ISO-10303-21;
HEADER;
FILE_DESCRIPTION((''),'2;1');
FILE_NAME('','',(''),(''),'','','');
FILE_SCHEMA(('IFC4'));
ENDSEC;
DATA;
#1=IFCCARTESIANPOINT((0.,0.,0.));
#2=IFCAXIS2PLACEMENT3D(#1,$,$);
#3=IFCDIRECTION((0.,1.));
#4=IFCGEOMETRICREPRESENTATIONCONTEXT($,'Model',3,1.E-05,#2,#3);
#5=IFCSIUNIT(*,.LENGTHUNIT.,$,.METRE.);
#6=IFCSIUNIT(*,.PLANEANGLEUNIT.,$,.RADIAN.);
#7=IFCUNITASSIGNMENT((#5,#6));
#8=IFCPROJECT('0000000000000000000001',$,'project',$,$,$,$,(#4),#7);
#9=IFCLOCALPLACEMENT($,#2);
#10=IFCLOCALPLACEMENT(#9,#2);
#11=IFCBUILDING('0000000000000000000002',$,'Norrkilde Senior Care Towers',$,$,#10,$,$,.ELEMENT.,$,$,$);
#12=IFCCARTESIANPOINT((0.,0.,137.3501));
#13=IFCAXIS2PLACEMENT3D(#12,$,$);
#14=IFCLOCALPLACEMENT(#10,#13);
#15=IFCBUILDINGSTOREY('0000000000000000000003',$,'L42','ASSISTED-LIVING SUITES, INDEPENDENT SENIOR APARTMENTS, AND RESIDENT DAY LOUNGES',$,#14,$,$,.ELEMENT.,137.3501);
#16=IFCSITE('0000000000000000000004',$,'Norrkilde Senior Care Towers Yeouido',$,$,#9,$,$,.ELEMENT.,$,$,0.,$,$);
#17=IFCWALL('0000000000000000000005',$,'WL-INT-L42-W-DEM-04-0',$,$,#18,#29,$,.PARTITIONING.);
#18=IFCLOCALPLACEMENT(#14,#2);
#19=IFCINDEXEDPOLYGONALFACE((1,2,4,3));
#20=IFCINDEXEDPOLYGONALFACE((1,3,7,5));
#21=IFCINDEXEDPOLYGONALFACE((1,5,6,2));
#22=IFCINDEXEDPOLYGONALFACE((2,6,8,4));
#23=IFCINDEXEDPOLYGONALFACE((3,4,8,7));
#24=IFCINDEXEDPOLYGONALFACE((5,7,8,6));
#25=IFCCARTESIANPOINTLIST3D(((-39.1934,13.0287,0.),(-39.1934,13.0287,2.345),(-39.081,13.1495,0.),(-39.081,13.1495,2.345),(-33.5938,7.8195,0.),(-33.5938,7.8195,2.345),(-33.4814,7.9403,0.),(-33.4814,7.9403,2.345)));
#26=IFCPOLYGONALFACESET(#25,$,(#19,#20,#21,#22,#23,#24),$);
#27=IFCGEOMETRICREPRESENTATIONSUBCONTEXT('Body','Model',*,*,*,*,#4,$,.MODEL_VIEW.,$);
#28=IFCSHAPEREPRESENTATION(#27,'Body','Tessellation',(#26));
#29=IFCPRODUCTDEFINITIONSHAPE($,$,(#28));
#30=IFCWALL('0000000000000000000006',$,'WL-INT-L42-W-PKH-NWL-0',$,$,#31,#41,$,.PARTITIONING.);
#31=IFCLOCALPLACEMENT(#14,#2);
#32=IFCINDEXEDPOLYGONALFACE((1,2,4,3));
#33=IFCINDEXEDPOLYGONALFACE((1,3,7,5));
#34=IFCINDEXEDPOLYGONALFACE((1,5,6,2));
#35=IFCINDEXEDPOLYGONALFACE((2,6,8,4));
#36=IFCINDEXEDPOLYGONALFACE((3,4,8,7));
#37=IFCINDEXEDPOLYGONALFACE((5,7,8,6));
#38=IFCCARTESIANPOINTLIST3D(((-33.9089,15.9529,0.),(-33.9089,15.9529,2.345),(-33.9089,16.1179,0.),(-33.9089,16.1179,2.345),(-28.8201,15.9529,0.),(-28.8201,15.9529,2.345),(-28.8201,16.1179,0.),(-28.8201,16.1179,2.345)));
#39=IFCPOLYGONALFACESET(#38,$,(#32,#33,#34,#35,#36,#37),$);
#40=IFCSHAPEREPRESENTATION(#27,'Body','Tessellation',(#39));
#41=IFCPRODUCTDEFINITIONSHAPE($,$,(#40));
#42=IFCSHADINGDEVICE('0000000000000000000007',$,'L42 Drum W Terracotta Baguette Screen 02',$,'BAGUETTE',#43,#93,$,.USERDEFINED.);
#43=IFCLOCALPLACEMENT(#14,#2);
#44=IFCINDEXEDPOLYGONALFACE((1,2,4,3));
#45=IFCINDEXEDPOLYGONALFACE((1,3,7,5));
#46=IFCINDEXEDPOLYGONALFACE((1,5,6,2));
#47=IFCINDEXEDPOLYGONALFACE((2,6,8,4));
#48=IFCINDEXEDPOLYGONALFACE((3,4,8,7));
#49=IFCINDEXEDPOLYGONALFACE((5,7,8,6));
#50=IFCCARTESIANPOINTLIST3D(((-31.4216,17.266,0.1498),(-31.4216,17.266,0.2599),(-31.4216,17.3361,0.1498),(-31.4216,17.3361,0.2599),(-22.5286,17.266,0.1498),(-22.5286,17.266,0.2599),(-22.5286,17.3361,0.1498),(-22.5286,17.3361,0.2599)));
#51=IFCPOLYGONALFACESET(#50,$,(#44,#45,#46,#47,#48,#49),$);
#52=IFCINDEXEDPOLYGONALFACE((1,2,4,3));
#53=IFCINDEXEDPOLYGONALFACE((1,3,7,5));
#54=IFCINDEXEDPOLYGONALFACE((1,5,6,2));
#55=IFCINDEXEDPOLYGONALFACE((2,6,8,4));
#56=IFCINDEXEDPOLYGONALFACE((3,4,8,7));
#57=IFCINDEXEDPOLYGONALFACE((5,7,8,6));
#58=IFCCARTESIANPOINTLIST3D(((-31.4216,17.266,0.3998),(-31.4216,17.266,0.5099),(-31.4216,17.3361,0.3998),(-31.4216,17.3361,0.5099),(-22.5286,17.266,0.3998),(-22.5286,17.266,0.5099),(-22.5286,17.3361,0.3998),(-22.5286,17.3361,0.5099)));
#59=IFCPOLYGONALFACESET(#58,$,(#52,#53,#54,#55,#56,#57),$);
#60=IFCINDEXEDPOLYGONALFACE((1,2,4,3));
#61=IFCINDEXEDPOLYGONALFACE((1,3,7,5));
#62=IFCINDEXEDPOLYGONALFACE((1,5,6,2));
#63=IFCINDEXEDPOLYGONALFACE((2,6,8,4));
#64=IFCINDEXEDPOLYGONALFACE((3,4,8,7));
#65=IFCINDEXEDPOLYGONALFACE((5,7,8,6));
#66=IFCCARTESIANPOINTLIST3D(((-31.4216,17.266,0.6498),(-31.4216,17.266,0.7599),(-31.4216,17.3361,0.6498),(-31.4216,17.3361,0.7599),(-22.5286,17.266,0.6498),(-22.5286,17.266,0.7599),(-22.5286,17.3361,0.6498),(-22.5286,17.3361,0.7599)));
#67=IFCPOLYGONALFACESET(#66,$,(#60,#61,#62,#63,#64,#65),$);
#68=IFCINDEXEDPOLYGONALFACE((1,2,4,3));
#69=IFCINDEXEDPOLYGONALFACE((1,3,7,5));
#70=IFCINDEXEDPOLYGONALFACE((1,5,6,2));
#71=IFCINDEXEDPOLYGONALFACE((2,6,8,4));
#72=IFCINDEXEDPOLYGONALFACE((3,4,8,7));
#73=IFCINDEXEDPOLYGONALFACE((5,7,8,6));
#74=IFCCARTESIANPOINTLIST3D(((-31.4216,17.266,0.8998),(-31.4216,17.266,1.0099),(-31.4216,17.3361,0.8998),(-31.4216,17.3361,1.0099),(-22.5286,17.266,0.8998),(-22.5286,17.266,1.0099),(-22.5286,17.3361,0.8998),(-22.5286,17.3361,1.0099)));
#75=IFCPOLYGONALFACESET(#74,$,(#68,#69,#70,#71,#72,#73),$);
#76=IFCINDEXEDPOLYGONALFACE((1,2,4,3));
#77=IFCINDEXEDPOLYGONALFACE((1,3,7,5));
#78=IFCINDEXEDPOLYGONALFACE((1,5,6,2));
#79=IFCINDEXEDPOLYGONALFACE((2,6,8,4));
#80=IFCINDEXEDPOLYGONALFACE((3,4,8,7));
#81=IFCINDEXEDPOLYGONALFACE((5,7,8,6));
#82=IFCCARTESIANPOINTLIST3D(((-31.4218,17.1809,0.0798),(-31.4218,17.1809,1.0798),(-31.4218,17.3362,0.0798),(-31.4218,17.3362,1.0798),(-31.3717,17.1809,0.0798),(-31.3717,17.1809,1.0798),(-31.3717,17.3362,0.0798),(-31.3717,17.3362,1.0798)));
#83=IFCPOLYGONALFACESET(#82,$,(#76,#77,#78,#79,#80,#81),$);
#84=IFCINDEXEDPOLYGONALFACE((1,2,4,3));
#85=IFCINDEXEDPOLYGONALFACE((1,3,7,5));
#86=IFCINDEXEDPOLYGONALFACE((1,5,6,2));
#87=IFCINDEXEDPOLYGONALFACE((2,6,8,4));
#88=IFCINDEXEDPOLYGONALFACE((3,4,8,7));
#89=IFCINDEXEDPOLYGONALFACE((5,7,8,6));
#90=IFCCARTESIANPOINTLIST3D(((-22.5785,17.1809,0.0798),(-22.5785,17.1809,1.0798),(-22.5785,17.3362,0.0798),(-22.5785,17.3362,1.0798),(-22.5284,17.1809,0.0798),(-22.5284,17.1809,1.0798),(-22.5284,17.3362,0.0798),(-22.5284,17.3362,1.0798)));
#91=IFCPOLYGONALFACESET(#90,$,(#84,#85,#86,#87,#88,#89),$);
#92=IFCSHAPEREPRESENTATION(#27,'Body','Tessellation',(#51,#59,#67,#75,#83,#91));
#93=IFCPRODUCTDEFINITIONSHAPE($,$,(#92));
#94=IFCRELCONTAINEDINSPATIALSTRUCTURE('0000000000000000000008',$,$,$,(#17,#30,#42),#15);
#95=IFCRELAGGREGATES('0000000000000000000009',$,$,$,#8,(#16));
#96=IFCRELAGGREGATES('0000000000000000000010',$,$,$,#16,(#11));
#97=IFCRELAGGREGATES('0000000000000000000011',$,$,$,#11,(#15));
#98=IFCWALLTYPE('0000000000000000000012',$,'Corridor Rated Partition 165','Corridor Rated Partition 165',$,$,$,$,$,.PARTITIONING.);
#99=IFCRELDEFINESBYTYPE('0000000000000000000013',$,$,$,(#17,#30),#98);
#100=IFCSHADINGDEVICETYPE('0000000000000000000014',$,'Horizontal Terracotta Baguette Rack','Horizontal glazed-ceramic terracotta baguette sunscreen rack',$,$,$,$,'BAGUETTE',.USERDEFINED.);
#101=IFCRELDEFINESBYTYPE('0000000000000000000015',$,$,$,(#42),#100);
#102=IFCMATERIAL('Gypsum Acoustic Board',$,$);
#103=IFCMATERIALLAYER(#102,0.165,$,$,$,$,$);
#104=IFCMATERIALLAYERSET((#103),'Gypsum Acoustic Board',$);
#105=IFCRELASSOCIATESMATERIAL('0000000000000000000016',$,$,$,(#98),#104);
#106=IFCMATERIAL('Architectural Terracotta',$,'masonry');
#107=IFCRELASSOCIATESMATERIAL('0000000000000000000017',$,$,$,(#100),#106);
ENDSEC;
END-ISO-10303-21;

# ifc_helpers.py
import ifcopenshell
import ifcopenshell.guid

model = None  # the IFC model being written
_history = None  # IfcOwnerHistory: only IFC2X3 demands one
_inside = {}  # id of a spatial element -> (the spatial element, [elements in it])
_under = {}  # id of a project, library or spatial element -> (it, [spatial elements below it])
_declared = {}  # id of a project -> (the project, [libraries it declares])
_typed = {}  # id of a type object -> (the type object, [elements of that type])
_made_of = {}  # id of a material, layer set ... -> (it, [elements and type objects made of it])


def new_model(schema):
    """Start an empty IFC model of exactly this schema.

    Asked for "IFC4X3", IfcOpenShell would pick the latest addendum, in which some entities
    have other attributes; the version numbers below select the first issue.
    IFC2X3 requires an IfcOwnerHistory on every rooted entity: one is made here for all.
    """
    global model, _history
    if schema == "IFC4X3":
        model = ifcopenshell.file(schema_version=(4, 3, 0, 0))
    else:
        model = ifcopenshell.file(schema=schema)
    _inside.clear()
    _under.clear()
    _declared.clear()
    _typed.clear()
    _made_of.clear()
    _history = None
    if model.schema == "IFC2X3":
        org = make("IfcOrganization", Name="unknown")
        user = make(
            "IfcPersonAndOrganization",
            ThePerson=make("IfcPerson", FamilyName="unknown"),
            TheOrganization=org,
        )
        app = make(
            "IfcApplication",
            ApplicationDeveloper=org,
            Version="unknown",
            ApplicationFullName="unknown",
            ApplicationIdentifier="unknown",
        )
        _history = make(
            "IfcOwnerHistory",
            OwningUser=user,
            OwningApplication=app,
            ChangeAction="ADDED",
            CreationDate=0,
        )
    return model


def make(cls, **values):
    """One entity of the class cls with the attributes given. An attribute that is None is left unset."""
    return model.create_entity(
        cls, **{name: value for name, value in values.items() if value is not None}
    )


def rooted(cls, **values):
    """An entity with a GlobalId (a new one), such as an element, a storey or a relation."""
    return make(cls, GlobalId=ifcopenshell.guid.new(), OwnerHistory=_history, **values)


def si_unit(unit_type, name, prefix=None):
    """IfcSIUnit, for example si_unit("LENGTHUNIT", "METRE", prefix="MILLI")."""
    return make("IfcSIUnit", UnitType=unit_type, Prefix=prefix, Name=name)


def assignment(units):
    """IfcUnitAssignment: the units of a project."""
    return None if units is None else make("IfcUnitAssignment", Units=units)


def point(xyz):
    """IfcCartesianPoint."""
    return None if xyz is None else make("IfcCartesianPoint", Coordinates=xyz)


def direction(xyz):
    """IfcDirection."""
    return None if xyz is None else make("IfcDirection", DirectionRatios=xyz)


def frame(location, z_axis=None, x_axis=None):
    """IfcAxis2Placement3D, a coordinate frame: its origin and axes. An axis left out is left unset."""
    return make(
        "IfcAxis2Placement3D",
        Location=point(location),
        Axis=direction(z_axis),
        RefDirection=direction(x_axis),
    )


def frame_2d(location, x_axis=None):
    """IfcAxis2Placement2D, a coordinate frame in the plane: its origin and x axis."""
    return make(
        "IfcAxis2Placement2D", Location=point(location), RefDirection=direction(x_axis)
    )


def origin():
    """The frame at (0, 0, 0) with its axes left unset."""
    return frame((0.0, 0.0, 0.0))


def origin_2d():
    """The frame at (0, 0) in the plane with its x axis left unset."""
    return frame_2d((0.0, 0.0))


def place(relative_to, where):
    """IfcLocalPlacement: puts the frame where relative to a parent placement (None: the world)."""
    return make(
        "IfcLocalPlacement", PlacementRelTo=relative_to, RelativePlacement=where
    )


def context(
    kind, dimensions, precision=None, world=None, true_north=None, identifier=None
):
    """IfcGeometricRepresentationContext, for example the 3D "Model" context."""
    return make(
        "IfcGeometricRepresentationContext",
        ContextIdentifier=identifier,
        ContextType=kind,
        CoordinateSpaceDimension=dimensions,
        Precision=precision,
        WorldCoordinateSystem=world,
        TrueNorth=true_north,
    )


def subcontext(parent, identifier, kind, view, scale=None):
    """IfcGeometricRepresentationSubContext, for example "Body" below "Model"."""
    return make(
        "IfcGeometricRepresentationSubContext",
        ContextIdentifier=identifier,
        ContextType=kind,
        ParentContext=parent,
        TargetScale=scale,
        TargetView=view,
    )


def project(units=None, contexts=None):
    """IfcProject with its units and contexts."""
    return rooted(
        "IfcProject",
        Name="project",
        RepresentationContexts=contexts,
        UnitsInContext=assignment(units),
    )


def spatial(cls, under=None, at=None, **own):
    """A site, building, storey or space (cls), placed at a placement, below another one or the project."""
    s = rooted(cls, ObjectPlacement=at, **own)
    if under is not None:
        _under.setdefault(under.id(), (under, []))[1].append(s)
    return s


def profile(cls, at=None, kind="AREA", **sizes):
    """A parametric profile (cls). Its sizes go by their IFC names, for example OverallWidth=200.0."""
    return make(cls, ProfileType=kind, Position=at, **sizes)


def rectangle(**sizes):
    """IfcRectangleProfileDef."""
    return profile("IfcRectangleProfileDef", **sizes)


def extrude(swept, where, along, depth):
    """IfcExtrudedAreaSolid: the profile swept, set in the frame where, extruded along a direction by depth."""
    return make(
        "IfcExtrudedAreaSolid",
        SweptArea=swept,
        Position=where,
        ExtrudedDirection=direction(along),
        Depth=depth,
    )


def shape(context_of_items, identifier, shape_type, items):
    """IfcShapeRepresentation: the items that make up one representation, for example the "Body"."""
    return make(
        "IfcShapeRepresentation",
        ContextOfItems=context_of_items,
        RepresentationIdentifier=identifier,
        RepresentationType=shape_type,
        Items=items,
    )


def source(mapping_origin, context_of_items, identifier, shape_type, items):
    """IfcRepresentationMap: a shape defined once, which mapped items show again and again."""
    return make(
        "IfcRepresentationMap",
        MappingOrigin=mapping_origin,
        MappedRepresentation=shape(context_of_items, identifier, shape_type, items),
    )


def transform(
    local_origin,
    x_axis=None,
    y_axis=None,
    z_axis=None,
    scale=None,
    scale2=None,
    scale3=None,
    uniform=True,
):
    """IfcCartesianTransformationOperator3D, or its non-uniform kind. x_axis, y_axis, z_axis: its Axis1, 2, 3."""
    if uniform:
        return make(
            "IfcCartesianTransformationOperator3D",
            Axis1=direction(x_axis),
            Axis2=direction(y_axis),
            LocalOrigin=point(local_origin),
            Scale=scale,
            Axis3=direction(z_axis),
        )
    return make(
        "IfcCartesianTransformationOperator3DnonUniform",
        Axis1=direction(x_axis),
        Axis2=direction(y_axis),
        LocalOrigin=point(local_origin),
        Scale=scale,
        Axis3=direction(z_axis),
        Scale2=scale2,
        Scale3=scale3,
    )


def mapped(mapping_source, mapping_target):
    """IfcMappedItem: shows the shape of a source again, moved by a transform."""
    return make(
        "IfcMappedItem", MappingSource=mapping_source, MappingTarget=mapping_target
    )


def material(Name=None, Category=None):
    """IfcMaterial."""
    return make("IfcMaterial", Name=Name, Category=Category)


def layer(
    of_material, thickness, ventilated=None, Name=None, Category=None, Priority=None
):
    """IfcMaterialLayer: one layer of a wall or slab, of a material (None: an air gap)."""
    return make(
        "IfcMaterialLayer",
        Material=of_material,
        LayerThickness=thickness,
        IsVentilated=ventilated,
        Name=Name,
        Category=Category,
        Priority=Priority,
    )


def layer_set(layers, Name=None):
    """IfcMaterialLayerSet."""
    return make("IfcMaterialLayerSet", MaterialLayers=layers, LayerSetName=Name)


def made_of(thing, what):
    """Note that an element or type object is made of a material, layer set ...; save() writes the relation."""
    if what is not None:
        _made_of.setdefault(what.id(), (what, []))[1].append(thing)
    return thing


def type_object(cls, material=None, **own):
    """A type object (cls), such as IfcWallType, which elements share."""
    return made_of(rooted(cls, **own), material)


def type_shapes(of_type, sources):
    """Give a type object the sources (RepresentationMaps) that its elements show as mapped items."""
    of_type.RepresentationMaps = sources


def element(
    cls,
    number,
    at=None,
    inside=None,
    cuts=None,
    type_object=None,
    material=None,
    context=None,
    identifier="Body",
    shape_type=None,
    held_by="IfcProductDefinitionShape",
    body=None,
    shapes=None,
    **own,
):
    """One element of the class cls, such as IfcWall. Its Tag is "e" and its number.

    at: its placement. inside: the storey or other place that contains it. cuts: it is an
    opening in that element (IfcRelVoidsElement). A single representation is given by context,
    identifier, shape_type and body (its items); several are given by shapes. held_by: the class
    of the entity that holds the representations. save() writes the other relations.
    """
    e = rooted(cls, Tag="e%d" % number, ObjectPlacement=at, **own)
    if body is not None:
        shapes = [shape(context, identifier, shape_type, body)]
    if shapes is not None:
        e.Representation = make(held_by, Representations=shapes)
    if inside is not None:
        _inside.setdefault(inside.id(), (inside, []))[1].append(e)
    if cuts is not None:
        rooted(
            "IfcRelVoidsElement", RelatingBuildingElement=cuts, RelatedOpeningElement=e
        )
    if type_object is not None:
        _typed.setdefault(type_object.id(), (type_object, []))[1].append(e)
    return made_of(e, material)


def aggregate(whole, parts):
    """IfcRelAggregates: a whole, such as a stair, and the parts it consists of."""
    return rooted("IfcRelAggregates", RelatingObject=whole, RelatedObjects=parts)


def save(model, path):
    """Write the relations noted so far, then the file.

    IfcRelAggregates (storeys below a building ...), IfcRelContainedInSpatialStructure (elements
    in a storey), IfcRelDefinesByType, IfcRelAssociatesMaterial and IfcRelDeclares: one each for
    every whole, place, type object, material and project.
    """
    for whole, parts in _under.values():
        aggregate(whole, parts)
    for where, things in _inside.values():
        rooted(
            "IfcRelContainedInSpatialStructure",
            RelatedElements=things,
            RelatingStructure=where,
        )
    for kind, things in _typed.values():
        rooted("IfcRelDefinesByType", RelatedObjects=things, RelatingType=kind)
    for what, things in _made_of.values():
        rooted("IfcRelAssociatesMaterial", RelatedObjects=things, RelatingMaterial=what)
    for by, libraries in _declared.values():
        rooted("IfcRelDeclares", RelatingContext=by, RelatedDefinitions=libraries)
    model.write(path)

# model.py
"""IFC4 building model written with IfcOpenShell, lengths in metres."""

from ifc_helpers import new_model, si_unit, direction, frame, frame_2d, origin, origin_2d, place, context, subcontext, project, spatial, rectangle, extrude, source, transform, mapped, material, layer, layer_set, type_object, type_shapes, element, save


model = new_model("IFC4")

# Units and contexts
model_context = context("Model", 3, precision=1e-05, world=origin(), true_north=direction((0.0, 1.0)))
body_context = subcontext(model_context, "Body", "Model", "MODEL_VIEW")
ifc_project = project(units=[si_unit("LENGTHUNIT", "METRE"), si_unit("PLANEANGLEUNIT", "RADIAN")], contexts=[model_context])

# Site, building, storey
site_placement = place(None, origin())
site = spatial("IfcSite", under=ifc_project, at=site_placement, Name="Norrkilde Senior Care Towers Yeouido", CompositionType="ELEMENT", RefElevation=0.0)
building_placement = place(site_placement, origin())
building = spatial("IfcBuilding", under=site, at=building_placement, Name="Norrkilde Senior Care Towers", CompositionType="ELEMENT")
storey_placement = place(building_placement, frame((0.0, 0.0, 137.3501)))
storey = spatial("IfcBuildingStorey", under=building, at=storey_placement, Name="L42", Description="ASSISTED-LIVING SUITES, INDEPENDENT SENIOR APARTMENTS, AND RESIDENT DAY LOUNGES", CompositionType="ELEMENT", Elevation=137.3501)

# Shared definitions
ifc_material_1 = material(Name="Gypsum Acoustic Board")
ifc_layer_1 = layer(ifc_material_1, 0.165)
ifc_layer_set_1 = layer_set([ifc_layer_1], Name="Gypsum Acoustic Board")
wall_type = type_object("IfcWallType", Name="Corridor Rated Partition 165", Description="Corridor Rated Partition 165", PredefinedType="PARTITIONING", material=ifc_layer_set_1)

# Walls
shared_shape_1 = source(origin(), body_context, "Body", "SweptSolid", [
    extrude(rectangle(XDim=7.6479, YDim=0.165, at=frame_2d((3.824, 0.0))), origin(), (0.0, 0.0, 1.0), 2.345),
])
wall_1_placement = place(storey_placement, frame((-33.5376, 7.8799, 0.0), z_axis=(0.0, 0.0, 1.0), x_axis=(-0.732168, 0.681124, 0.0)))
element("IfcWall", 1, at=wall_1_placement, inside=storey, type_object=wall_type, Name="WL-INT-L42-W-DEM-04-0", PredefinedType="PARTITIONING", context=body_context, shape_type="MappedRepresentation", body=[
    mapped(shared_shape_1, transform((0.0, 0.0, 0.0), x_axis=(1.0, 0.0, 0.0), y_axis=(0.0, 1.0, 0.0), z_axis=(0.0, 0.0, 1.0), scale=1.0)),
])
shared_shape_2 = source(origin(), body_context, "Body", "SweptSolid", [
    extrude(rectangle(XDim=5.0889, YDim=0.165, at=frame_2d((2.5444, 0.0))), origin(), (0.0, 0.0, 1.0), 2.345),
])
wall_2_placement = place(storey_placement, frame((-33.9089, 16.0354, 0.0), z_axis=(0.0, 0.0, 1.0), x_axis=(1.0, 0.0, 0.0)))
element("IfcWall", 2, at=wall_2_placement, inside=storey, type_object=wall_type, Name="WL-INT-L42-W-PKH-NWL-0", PredefinedType="PARTITIONING", context=body_context, shape_type="MappedRepresentation", body=[
    mapped(shared_shape_2, transform((0.0, 0.0, 0.0), x_axis=(1.0, 0.0, 0.0), y_axis=(0.0, 1.0, 0.0), z_axis=(0.0, 0.0, 1.0), scale=1.0)),
])

# Shading device
ifc_material_2 = material(Name="Architectural Terracotta", Category="masonry")
shading_device_type = type_object("IfcShadingDeviceType", Name="Horizontal Terracotta Baguette Rack", Description="Horizontal glazed-ceramic terracotta baguette sunscreen rack", ElementType="BAGUETTE", PredefinedType="USERDEFINED", material=ifc_material_2)
shared_shape_3 = source(origin(), body_context, "Body", "SweptSolid", [
    extrude(rectangle(XDim=0.0701, YDim=0.1101, at=origin_2d()), frame((0.0, 0.0901, 0.125), z_axis=(1.0, 0.0, 0.0), x_axis=(0.0, 1.0, 0.0)), (0.0, 0.0, 1.0), 8.8931),
    extrude(rectangle(XDim=0.0701, YDim=0.1101, at=origin_2d()), frame((0.0, 0.0901, 0.375), z_axis=(1.0, 0.0, 0.0), x_axis=(0.0, 1.0, 0.0)), (0.0, 0.0, 1.0), 8.8931),
    extrude(rectangle(XDim=0.0701, YDim=0.1101, at=origin_2d()), frame((0.0, 0.0901, 0.625), z_axis=(1.0, 0.0, 0.0), x_axis=(0.0, 1.0, 0.0)), (0.0, 0.0, 1.0), 8.8931),
    extrude(rectangle(XDim=0.0701, YDim=0.1101, at=origin_2d()), frame((0.0, 0.0901, 0.875), z_axis=(1.0, 0.0, 0.0), x_axis=(0.0, 1.0, 0.0)), (0.0, 0.0, 1.0), 8.8931),
    extrude(rectangle(XDim=0.05, YDim=0.1553, at=origin_2d()), frame((0.0249, 0.0476, 0.0)), (0.0, 0.0, 1.0), 1.0),
    extrude(rectangle(XDim=0.05, YDim=0.1553, at=origin_2d()), frame((8.8682, 0.0476, 0.0)), (0.0, 0.0, 1.0), 1.0),
])
type_shapes(shading_device_type, [shared_shape_3])
shading_device_placement = place(storey_placement, frame((-31.4216, 17.2109, 0.0798), z_axis=(0.0, 0.0, 1.0), x_axis=(1.0, 0.0, 0.0)))
element("IfcShadingDevice", 3, at=shading_device_placement, inside=storey, type_object=shading_device_type, Name="L42 Drum W Terracotta Baguette Screen 02", ObjectType="BAGUETTE", PredefinedType="USERDEFINED", context=body_context, shape_type="MappedRepresentation", body=[
    mapped(shared_shape_3, transform((0.0, 0.0, 0.0), x_axis=(1.0, 0.0, 0.0), y_axis=(0.0, 1.0, 0.0), z_axis=(0.0, 0.0, 1.0), scale=1.0)),
])

save(model, "model.ifc")
